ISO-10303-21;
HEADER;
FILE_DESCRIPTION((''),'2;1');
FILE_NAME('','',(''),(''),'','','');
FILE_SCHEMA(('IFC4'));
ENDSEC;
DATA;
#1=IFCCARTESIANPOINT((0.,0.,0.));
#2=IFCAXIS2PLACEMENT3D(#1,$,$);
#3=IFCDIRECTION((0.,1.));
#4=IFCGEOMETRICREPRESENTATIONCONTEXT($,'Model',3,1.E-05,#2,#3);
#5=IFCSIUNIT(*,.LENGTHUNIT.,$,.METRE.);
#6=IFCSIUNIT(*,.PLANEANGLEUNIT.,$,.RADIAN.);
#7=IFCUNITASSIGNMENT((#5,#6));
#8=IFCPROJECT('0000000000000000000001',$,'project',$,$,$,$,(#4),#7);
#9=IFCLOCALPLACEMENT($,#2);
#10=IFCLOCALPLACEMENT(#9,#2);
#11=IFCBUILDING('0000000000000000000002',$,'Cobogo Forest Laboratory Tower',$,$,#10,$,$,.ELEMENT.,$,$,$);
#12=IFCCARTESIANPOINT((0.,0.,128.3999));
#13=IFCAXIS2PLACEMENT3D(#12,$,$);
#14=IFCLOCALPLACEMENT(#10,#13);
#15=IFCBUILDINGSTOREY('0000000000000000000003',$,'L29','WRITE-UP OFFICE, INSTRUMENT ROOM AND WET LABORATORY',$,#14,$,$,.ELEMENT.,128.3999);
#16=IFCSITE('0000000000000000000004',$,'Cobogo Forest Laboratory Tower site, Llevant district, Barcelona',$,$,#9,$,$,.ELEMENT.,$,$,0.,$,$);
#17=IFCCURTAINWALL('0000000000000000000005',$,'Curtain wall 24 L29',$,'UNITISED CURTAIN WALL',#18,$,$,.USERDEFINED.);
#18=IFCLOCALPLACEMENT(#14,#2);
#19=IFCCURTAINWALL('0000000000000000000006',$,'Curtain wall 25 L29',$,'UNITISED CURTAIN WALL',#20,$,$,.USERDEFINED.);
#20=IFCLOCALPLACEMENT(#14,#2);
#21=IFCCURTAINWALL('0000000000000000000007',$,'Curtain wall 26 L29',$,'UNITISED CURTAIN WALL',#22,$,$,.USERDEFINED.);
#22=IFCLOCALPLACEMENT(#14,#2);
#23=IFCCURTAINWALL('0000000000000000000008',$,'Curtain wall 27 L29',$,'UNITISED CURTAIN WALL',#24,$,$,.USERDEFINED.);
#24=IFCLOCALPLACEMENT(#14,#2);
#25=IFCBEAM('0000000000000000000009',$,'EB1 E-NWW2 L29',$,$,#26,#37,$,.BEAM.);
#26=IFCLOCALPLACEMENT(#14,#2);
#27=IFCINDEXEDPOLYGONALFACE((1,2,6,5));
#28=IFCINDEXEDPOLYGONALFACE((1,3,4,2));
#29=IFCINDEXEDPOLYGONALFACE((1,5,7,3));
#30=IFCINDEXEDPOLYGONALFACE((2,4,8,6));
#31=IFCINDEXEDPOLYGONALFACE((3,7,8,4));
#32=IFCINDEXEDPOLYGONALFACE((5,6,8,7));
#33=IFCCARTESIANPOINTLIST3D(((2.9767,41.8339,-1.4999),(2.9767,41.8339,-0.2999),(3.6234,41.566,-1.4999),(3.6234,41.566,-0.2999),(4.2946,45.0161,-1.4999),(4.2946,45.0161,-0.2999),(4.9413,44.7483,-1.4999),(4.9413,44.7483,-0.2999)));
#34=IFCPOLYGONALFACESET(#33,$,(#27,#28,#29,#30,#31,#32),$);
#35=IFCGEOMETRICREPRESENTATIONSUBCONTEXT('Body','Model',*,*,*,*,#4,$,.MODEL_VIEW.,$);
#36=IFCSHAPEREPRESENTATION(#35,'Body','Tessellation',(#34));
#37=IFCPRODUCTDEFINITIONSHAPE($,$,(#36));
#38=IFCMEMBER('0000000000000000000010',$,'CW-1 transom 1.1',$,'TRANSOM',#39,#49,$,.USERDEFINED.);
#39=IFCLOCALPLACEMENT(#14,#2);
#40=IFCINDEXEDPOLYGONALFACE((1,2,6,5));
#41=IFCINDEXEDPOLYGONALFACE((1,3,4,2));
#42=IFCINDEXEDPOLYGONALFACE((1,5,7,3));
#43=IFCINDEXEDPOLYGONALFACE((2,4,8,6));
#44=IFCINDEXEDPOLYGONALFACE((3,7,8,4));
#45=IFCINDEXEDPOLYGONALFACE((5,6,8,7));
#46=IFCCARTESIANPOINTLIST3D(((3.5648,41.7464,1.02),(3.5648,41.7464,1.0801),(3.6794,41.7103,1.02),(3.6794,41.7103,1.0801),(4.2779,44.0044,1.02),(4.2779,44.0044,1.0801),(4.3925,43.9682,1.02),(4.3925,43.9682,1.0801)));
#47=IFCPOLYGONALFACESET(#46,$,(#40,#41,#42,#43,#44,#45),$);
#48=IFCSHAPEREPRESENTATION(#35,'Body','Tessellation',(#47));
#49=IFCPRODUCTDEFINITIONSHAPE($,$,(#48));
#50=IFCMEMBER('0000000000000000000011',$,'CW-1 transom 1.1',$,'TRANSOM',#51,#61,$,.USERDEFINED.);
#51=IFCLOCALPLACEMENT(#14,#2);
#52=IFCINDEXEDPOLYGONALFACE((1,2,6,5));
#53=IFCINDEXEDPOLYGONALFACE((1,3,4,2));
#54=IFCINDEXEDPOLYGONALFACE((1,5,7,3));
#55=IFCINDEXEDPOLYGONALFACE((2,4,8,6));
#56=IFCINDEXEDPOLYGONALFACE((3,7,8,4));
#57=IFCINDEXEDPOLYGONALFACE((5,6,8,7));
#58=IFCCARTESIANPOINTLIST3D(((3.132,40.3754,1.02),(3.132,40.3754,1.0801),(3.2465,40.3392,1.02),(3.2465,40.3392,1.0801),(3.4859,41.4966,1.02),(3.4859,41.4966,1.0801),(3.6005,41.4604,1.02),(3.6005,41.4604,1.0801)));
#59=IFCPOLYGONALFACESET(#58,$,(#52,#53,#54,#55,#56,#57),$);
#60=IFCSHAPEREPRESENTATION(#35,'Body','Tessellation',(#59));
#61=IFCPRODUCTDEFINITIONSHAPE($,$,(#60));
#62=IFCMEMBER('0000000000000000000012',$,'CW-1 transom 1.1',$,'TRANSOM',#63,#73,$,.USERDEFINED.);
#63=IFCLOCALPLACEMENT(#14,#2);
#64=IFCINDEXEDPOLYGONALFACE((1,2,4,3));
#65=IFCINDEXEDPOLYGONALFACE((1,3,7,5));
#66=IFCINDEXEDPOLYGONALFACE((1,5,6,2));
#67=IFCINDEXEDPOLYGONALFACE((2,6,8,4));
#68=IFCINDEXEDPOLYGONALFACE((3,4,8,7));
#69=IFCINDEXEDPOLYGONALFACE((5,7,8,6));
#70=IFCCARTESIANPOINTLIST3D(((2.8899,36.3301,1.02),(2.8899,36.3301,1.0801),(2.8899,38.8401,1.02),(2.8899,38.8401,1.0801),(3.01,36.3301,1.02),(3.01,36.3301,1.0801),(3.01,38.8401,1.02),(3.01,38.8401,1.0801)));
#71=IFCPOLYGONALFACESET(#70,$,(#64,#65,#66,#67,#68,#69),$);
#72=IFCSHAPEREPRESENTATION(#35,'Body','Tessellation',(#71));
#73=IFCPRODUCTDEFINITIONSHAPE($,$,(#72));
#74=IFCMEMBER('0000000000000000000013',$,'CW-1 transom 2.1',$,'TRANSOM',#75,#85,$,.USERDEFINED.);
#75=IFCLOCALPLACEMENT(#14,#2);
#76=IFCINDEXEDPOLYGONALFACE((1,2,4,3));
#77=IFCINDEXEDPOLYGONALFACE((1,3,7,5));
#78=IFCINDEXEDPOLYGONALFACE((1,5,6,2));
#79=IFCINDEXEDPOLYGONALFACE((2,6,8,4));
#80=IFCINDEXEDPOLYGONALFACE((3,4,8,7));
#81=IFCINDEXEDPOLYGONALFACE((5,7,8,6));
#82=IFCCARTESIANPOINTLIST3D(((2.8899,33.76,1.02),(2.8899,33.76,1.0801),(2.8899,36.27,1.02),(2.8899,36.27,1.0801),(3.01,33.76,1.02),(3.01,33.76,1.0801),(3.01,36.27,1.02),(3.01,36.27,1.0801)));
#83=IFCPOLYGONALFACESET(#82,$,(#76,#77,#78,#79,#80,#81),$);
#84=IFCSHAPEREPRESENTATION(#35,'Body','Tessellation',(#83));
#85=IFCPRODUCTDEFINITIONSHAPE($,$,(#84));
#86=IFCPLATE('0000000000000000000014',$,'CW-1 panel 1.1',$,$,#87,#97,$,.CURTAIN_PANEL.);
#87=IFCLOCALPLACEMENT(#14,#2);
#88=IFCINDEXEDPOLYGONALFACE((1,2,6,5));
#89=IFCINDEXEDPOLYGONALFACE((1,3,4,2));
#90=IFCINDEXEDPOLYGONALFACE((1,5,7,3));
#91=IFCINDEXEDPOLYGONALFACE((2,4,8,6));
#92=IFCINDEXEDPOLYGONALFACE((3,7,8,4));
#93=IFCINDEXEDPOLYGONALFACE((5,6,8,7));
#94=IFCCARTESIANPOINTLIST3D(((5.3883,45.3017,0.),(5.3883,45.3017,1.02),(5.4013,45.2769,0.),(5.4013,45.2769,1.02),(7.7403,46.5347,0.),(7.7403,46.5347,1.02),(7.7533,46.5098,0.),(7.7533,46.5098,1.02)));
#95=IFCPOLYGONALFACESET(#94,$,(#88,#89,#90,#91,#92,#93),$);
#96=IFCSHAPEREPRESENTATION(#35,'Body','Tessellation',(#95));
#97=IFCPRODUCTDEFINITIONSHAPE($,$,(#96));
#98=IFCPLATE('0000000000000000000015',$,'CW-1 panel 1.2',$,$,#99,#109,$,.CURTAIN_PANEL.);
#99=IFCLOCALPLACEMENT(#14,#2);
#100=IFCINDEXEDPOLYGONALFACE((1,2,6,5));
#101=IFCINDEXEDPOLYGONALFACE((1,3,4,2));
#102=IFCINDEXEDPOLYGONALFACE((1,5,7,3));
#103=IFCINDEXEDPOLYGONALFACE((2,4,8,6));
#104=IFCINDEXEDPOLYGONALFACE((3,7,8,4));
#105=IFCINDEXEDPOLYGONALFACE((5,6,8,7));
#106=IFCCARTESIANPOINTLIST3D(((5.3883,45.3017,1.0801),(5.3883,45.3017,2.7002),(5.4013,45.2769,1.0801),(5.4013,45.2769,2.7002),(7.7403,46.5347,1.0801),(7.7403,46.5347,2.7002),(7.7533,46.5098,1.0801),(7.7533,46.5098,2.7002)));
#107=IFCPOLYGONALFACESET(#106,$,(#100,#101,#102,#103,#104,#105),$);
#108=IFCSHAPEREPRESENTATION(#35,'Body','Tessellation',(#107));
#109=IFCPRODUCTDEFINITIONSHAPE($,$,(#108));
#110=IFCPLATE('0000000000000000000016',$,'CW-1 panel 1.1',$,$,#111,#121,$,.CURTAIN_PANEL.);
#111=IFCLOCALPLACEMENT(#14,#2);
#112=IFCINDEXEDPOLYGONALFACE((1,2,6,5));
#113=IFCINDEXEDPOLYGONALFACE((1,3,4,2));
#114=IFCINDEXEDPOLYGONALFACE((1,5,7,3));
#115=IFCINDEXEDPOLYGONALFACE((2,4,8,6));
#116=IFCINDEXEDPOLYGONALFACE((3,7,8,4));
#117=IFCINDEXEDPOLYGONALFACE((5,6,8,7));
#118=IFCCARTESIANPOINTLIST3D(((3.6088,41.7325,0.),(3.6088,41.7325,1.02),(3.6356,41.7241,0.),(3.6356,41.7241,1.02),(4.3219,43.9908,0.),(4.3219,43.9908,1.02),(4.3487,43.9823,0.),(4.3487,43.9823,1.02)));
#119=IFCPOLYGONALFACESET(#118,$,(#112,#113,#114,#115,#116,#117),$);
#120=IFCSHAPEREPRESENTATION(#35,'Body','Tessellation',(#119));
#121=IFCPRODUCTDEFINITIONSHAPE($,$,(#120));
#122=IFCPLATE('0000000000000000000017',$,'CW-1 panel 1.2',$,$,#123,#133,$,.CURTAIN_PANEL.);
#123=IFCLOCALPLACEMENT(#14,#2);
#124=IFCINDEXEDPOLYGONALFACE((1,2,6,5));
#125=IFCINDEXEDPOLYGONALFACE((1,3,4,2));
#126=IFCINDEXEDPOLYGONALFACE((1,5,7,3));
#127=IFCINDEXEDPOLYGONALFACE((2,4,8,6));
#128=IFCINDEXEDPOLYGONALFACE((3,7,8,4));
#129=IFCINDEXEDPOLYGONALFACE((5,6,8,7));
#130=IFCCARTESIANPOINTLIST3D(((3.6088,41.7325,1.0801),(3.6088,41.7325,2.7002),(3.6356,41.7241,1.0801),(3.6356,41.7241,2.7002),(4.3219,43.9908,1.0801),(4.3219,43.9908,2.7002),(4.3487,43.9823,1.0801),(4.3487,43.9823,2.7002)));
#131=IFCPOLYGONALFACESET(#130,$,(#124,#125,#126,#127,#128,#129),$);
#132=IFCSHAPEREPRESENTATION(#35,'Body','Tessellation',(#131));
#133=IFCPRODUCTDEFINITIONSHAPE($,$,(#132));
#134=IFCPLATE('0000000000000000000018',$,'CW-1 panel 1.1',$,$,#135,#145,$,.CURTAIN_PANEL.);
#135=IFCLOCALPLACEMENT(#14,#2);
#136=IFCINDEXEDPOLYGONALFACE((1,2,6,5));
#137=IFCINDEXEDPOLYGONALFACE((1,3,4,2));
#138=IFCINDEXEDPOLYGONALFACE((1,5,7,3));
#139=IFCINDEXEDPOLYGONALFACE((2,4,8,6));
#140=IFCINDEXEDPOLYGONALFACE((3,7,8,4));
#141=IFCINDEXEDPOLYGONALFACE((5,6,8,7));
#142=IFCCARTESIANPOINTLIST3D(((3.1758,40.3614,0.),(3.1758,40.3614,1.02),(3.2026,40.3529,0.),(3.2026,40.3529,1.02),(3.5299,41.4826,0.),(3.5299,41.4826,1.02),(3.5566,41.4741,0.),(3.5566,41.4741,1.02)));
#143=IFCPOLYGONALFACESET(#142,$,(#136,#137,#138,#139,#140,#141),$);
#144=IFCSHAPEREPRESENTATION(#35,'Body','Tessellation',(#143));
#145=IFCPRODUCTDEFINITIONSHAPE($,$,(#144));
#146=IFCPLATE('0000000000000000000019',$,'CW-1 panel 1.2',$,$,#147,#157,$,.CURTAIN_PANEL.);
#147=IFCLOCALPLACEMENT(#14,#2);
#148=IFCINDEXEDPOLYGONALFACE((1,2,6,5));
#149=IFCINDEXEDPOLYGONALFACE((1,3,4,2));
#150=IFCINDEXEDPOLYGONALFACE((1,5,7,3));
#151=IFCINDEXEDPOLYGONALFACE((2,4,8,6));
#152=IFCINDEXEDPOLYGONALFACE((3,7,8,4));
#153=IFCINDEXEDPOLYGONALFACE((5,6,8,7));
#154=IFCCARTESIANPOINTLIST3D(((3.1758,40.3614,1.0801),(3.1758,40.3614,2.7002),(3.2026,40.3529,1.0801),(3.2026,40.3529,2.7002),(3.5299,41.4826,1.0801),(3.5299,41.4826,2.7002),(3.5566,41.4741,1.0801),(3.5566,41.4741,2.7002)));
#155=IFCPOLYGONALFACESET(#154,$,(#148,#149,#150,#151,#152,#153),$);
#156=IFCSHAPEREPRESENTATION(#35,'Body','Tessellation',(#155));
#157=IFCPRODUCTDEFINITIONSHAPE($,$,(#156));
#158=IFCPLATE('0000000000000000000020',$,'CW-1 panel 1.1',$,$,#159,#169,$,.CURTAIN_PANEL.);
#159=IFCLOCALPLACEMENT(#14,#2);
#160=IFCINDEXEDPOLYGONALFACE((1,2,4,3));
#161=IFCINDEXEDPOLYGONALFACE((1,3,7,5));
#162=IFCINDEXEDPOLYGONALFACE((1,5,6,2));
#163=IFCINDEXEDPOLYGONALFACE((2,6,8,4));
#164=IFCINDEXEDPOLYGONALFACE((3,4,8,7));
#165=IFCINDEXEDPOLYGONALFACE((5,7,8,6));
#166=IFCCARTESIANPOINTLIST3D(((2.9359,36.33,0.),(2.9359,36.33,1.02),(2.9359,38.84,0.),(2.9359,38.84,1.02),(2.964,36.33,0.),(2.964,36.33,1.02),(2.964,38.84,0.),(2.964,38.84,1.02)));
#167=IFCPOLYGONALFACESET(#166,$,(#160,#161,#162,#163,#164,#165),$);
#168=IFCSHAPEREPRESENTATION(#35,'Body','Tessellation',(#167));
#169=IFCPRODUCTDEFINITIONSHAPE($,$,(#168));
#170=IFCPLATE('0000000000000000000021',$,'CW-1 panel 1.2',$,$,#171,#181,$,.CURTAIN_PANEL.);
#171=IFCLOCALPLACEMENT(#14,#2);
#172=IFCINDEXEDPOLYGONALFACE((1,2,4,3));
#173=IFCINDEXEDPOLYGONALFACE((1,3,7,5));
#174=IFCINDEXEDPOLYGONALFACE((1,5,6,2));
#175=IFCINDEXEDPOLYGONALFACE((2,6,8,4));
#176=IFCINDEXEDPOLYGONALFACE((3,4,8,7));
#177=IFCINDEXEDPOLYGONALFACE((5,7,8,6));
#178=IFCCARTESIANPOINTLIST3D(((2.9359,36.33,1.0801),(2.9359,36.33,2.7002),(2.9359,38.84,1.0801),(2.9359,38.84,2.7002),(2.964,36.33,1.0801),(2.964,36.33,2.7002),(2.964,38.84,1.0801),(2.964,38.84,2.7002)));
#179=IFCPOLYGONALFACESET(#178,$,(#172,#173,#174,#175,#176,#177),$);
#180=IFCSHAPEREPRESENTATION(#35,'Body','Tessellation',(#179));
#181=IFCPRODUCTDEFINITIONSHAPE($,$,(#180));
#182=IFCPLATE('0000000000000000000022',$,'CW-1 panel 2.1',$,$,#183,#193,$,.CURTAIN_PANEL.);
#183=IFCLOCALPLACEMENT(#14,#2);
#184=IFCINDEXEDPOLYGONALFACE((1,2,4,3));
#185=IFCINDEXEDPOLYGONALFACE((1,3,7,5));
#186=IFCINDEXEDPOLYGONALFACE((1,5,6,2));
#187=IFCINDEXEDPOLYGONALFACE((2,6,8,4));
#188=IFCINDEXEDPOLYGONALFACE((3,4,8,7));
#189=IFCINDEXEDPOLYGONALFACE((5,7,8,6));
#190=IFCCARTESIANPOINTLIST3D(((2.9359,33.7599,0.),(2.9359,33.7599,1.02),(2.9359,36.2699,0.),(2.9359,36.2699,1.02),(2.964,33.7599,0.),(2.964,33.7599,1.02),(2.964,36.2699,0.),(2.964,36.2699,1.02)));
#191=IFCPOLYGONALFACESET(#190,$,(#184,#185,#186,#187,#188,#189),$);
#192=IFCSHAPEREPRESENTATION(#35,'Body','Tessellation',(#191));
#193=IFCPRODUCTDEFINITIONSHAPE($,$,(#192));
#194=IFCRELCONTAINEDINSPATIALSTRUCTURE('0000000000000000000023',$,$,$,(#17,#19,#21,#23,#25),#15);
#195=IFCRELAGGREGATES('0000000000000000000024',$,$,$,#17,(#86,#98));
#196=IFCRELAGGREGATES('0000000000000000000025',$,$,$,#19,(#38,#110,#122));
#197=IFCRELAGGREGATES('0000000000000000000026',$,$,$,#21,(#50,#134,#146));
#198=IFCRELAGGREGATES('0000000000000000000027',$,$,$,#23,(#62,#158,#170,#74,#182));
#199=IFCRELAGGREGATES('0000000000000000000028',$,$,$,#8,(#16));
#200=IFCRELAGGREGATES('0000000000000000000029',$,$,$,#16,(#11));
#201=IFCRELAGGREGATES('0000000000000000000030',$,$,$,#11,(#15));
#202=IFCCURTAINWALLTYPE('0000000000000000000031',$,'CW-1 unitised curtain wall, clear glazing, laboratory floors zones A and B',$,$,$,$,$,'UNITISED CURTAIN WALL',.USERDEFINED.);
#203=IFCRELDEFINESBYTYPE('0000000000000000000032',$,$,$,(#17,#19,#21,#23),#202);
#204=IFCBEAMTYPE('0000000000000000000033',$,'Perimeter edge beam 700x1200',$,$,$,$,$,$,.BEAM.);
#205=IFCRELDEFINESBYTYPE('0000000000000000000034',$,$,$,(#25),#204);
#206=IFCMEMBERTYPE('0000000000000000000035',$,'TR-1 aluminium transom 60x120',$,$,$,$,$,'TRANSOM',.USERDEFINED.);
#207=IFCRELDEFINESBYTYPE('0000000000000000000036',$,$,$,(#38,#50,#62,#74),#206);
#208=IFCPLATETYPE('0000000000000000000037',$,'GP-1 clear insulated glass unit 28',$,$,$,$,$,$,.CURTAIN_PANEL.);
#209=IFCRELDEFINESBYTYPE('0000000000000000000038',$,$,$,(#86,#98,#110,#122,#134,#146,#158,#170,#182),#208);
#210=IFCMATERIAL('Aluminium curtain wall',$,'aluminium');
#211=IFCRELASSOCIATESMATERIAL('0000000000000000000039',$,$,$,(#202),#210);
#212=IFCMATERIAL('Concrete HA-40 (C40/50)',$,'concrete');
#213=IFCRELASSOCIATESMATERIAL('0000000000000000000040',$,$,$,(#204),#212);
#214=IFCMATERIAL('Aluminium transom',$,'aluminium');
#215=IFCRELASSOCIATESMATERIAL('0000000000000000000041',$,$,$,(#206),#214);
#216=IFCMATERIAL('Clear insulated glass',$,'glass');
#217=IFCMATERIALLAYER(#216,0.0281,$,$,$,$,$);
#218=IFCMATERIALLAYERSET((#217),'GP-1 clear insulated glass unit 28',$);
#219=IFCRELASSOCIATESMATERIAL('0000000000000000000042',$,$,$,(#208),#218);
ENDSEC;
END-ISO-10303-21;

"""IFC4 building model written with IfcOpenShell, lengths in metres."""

from ifc_helpers import new_model, si_unit, direction, frame, origin, origin_2d, place, context, subcontext, project, spatial, rectangle, extrude, material, layer, layer_set, material_profile, profile_set, type_object, element, aggregate, save


model = new_model("IFC4")

# Units and contexts
model_context = context("Model", 3, precision=1e-05, world=origin(), true_north=direction((0.0, 1.0)))
body_context = subcontext(model_context, "Body", "Model", "MODEL_VIEW")
ifc_project = project(units=[si_unit("LENGTHUNIT", "METRE"), si_unit("PLANEANGLEUNIT", "RADIAN")], contexts=[model_context])

# Site, building, storey
site_placement = place(None, origin())
site = spatial("IfcSite", under=ifc_project, at=site_placement, Name="Cobogo Forest Laboratory Tower site, Llevant district, Barcelona", CompositionType="ELEMENT", RefElevation=0.0)
building_placement = place(site_placement, origin())
building = spatial("IfcBuilding", under=site, at=building_placement, Name="Cobogo Forest Laboratory Tower", CompositionType="ELEMENT")
storey_placement = place(building_placement, frame((0.0, 0.0, 128.3999)))
storey = spatial("IfcBuildingStorey", under=building, at=storey_placement, Name="L29", Description="WRITE-UP OFFICE, INSTRUMENT ROOM AND WET LABORATORY", CompositionType="ELEMENT", Elevation=128.3999)

# Curtain wall
ifc_material_1 = material(Name="Aluminium curtain wall", Category="aluminium")
curtain_wall_type = type_object("IfcCurtainWallType", Name="CW-1 unitised curtain wall, clear glazing, laboratory floors zones A and B", ElementType="UNITISED CURTAIN WALL", PredefinedType="USERDEFINED", material=ifc_material_1)
curtain_wall_1_placement = place(storey_placement, origin())
curtain_wall_1 = element("IfcCurtainWall", 1, at=curtain_wall_1_placement, inside=storey, type_object=curtain_wall_type, Name="Curtain wall 24 L29", ObjectType="UNITISED CURTAIN WALL", PredefinedType="USERDEFINED")

# Curtain walls
curtain_wall_2_placement = place(storey_placement, origin())
curtain_wall_2 = element("IfcCurtainWall", 2, at=curtain_wall_2_placement, inside=storey, type_object=curtain_wall_type, Name="Curtain wall 25 L29", ObjectType="UNITISED CURTAIN WALL", PredefinedType="USERDEFINED")
curtain_wall_3_placement = place(storey_placement, origin())
curtain_wall_3 = element("IfcCurtainWall", 3, at=curtain_wall_3_placement, inside=storey, type_object=curtain_wall_type, Name="Curtain wall 26 L29", ObjectType="UNITISED CURTAIN WALL", PredefinedType="USERDEFINED")
curtain_wall_4_placement = place(storey_placement, origin())
curtain_wall_4 = element("IfcCurtainWall", 4, at=curtain_wall_4_placement, inside=storey, type_object=curtain_wall_type, Name="Curtain wall 27 L29", ObjectType="UNITISED CURTAIN WALL", PredefinedType="USERDEFINED")

# Beam
ifc_material_2 = material(Name="Concrete HA-40 (C40/50)", Category="concrete")
ifc_material_profile_1 = material_profile(ifc_material_2, rectangle(XDim=0.7, YDim=1.2, at=origin_2d()), Name="RC 700x1200")
ifc_profile_set_1 = profile_set([ifc_material_profile_1], Name="Concrete HA-40 (C40/50)")
beam_type_1 = type_object("IfcBeamType", Name="Perimeter edge beam 700x1200", PredefinedType="BEAM", material=ifc_profile_set_1)
beam_1_placement = place(storey_placement, frame((3.3, 41.7, -0.8999), z_axis=(0.382631, 0.923901, 0.0), x_axis=(-0.923901, 0.382631, 0.0)))
element("IfcBeam", 5, at=beam_1_placement, inside=storey, type_object=beam_type_1, Name="EB1 E-NWW2 L29", PredefinedType="BEAM", context=body_context, shape_type="SweptSolid", body=[
    extrude(rectangle(XDim=0.7, YDim=1.2, at=origin_2d()), origin(), (0.0, 0.0, 1.0), 3.4443),
])

# Members
ifc_material_3 = material(Name="Aluminium transom", Category="aluminium")
ifc_material_profile_2 = material_profile(ifc_material_3, rectangle(XDim=0.1201, YDim=0.0601, at=origin_2d()), Name="AL 60x120")
ifc_profile_set_2 = profile_set([ifc_material_profile_2], Name="Aluminium transom")
member_type_1 = type_object("IfcMemberType", Name="TR-1 aluminium transom 60x120", ElementType="TRANSOM", PredefinedType="USERDEFINED", material=ifc_profile_set_2)
member_1_placement = place(storey_placement, frame((4.3352, 43.9863, 1.05), z_axis=(-0.301156, -0.953575, 0.0), x_axis=(0.953575, -0.301156, 0.0)))
member_1 = element("IfcMember", 6, at=member_1_placement, type_object=member_type_1, Name="CW-1 transom 1.1", ObjectType="TRANSOM", PredefinedType="USERDEFINED", context=body_context, shape_type="SweptSolid", body=[
    extrude(rectangle(XDim=0.1201, YDim=0.0601, at=origin_2d()), origin(), (0.0, 0.0, 1.0), 2.3679),
])
member_2_placement = place(storey_placement, frame((3.5432, 41.4785, 1.05), z_axis=(-0.301052, -0.953608, 0.0), x_axis=(0.953608, -0.301052, 0.0)))
member_2 = element("IfcMember", 7, at=member_2_placement, type_object=member_type_1, Name="CW-1 transom 1.1", ObjectType="TRANSOM", PredefinedType="USERDEFINED", context=body_context, shape_type="SweptSolid", body=[
    extrude(rectangle(XDim=0.1201, YDim=0.0601, at=origin_2d()), origin(), (0.0, 0.0, 1.0), 1.1758),
])
member_3_placement = place(storey_placement, frame((2.95, 38.8401, 1.05), z_axis=(0.0, -1.0, 0.0), x_axis=(1.0, 0.0, 0.0)))
member_3 = element("IfcMember", 8, at=member_3_placement, type_object=member_type_1, Name="CW-1 transom 1.1", ObjectType="TRANSOM", PredefinedType="USERDEFINED", context=body_context, shape_type="SweptSolid", body=[
    extrude(rectangle(XDim=0.1201, YDim=0.0601, at=origin_2d()), origin(), (0.0, 0.0, 1.0), 2.51),
])
member_4_placement = place(storey_placement, frame((2.95, 36.27, 1.05), z_axis=(0.0, -1.0, 0.0), x_axis=(1.0, 0.0, 0.0)))
member_4 = element("IfcMember", 9, at=member_4_placement, type_object=member_type_1, Name="CW-1 transom 2.1", ObjectType="TRANSOM", PredefinedType="USERDEFINED", context=body_context, shape_type="SweptSolid", body=[
    extrude(rectangle(XDim=0.1201, YDim=0.0601, at=origin_2d()), origin(), (0.0, 0.0, 1.0), 2.51),
])

# Plates
ifc_material_4 = material(Name="Clear insulated glass", Category="glass")
ifc_layer_1 = layer(ifc_material_4, 0.0281)
ifc_layer_set_1 = layer_set([ifc_layer_1], Name="GP-1 clear insulated glass unit 28")
plate_type_1 = type_object("IfcPlateType", Name="GP-1 clear insulated glass unit 28", PredefinedType="CURTAIN_PANEL", material=ifc_layer_set_1)
plate_1_placement = place(storey_placement, frame((6.5708, 45.9058, 0.0), z_axis=(0.0, 0.0, 1.0), x_axis=(-0.885687, -0.464284, 0.0)))
plate_1 = element("IfcPlate", 10, at=plate_1_placement, type_object=plate_type_1, Name="CW-1 panel 1.1", PredefinedType="CURTAIN_PANEL", context=body_context, shape_type="SweptSolid", body=[
    extrude(rectangle(XDim=2.6555, YDim=0.0281, at=origin_2d()), origin(), (0.0, 0.0, 1.0), 1.02),
])
plate_2_placement = place(storey_placement, frame((6.5708, 45.9058, 1.0801), z_axis=(0.0, 0.0, 1.0), x_axis=(-0.885687, -0.464284, 0.0)))
plate_2 = element("IfcPlate", 11, at=plate_2_placement, type_object=plate_type_1, Name="CW-1 panel 1.2", PredefinedType="CURTAIN_PANEL", context=body_context, shape_type="SweptSolid", body=[
    extrude(rectangle(XDim=2.6555, YDim=0.0281, at=origin_2d()), origin(), (0.0, 0.0, 1.0), 1.6201),
])
aggregate(curtain_wall_1, [plate_1, plate_2])
plate_3_placement = place(storey_placement, frame((3.9788, 42.8574, 0.0), z_axis=(0.0, 0.0, 1.0), x_axis=(-0.301135, -0.953581, 0.0)))
plate_3 = element("IfcPlate", 12, at=plate_3_placement, type_object=plate_type_1, Name="CW-1 panel 1.1", PredefinedType="CURTAIN_PANEL", context=body_context, shape_type="SweptSolid", body=[
    extrude(rectangle(XDim=2.3682, YDim=0.0281, at=origin_2d()), origin(), (0.0, 0.0, 1.0), 1.02),
])
plate_4_placement = place(storey_placement, frame((3.9788, 42.8574, 1.0801), z_axis=(0.0, 0.0, 1.0), x_axis=(-0.301135, -0.953581, 0.0)))
plate_4 = element("IfcPlate", 13, at=plate_4_placement, type_object=plate_type_1, Name="CW-1 panel 1.2", PredefinedType="CURTAIN_PANEL", context=body_context, shape_type="SweptSolid", body=[
    extrude(rectangle(XDim=2.3682, YDim=0.0281, at=origin_2d()), origin(), (0.0, 0.0, 1.0), 1.6201),
])
aggregate(curtain_wall_2, [member_1, plate_3, plate_4])
plate_5_placement = place(storey_placement, frame((3.3662, 40.9177, 0.0), z_axis=(0.0, 0.0, 1.0), x_axis=(-0.301135, -0.953581, 0.0)))
plate_5 = element("IfcPlate", 14, at=plate_5_placement, type_object=plate_type_1, Name="CW-1 panel 1.1", PredefinedType="CURTAIN_PANEL", context=body_context, shape_type="SweptSolid", body=[
    extrude(rectangle(XDim=1.1758, YDim=0.0281, at=origin_2d()), origin(), (0.0, 0.0, 1.0), 1.02),
])
plate_6_placement = place(storey_placement, frame((3.3662, 40.9177, 1.0801), z_axis=(0.0, 0.0, 1.0), x_axis=(-0.301135, -0.953581, 0.0)))
plate_6 = element("IfcPlate", 15, at=plate_6_placement, type_object=plate_type_1, Name="CW-1 panel 1.2", PredefinedType="CURTAIN_PANEL", context=body_context, shape_type="SweptSolid", body=[
    extrude(rectangle(XDim=1.1758, YDim=0.0281, at=origin_2d()), origin(), (0.0, 0.0, 1.0), 1.6201),
])
aggregate(curtain_wall_3, [member_2, plate_5, plate_6])
plate_7_placement = place(storey_placement, frame((2.95, 37.585, 0.0), z_axis=(0.0, 0.0, 1.0), x_axis=(0.0, -1.0, 0.0)))
plate_7 = element("IfcPlate", 16, at=plate_7_placement, type_object=plate_type_1, Name="CW-1 panel 1.1", PredefinedType="CURTAIN_PANEL", context=body_context, shape_type="SweptSolid", body=[
    extrude(rectangle(XDim=2.51, YDim=0.0281, at=origin_2d()), origin(), (0.0, 0.0, 1.0), 1.02),
])
plate_8_placement = place(storey_placement, frame((2.95, 37.585, 1.0801), z_axis=(0.0, 0.0, 1.0), x_axis=(0.0, -1.0, 0.0)))
plate_8 = element("IfcPlate", 17, at=plate_8_placement, type_object=plate_type_1, Name="CW-1 panel 1.2", PredefinedType="CURTAIN_PANEL", context=body_context, shape_type="SweptSolid", body=[
    extrude(rectangle(XDim=2.51, YDim=0.0281, at=origin_2d()), origin(), (0.0, 0.0, 1.0), 1.6201),
])
plate_9_placement = place(storey_placement, frame((2.95, 35.0149, 0.0), z_axis=(0.0, 0.0, 1.0), x_axis=(0.0, -1.0, 0.0)))
plate_9 = element("IfcPlate", 18, at=plate_9_placement, type_object=plate_type_1, Name="CW-1 panel 2.1", PredefinedType="CURTAIN_PANEL", context=body_context, shape_type="SweptSolid", body=[
    extrude(rectangle(XDim=2.51, YDim=0.0281, at=origin_2d()), origin(), (0.0, 0.0, 1.0), 1.02),
])
aggregate(curtain_wall_4, [member_3, plate_7, plate_8, member_4, plate_9])

save(model, "model.ifc")
